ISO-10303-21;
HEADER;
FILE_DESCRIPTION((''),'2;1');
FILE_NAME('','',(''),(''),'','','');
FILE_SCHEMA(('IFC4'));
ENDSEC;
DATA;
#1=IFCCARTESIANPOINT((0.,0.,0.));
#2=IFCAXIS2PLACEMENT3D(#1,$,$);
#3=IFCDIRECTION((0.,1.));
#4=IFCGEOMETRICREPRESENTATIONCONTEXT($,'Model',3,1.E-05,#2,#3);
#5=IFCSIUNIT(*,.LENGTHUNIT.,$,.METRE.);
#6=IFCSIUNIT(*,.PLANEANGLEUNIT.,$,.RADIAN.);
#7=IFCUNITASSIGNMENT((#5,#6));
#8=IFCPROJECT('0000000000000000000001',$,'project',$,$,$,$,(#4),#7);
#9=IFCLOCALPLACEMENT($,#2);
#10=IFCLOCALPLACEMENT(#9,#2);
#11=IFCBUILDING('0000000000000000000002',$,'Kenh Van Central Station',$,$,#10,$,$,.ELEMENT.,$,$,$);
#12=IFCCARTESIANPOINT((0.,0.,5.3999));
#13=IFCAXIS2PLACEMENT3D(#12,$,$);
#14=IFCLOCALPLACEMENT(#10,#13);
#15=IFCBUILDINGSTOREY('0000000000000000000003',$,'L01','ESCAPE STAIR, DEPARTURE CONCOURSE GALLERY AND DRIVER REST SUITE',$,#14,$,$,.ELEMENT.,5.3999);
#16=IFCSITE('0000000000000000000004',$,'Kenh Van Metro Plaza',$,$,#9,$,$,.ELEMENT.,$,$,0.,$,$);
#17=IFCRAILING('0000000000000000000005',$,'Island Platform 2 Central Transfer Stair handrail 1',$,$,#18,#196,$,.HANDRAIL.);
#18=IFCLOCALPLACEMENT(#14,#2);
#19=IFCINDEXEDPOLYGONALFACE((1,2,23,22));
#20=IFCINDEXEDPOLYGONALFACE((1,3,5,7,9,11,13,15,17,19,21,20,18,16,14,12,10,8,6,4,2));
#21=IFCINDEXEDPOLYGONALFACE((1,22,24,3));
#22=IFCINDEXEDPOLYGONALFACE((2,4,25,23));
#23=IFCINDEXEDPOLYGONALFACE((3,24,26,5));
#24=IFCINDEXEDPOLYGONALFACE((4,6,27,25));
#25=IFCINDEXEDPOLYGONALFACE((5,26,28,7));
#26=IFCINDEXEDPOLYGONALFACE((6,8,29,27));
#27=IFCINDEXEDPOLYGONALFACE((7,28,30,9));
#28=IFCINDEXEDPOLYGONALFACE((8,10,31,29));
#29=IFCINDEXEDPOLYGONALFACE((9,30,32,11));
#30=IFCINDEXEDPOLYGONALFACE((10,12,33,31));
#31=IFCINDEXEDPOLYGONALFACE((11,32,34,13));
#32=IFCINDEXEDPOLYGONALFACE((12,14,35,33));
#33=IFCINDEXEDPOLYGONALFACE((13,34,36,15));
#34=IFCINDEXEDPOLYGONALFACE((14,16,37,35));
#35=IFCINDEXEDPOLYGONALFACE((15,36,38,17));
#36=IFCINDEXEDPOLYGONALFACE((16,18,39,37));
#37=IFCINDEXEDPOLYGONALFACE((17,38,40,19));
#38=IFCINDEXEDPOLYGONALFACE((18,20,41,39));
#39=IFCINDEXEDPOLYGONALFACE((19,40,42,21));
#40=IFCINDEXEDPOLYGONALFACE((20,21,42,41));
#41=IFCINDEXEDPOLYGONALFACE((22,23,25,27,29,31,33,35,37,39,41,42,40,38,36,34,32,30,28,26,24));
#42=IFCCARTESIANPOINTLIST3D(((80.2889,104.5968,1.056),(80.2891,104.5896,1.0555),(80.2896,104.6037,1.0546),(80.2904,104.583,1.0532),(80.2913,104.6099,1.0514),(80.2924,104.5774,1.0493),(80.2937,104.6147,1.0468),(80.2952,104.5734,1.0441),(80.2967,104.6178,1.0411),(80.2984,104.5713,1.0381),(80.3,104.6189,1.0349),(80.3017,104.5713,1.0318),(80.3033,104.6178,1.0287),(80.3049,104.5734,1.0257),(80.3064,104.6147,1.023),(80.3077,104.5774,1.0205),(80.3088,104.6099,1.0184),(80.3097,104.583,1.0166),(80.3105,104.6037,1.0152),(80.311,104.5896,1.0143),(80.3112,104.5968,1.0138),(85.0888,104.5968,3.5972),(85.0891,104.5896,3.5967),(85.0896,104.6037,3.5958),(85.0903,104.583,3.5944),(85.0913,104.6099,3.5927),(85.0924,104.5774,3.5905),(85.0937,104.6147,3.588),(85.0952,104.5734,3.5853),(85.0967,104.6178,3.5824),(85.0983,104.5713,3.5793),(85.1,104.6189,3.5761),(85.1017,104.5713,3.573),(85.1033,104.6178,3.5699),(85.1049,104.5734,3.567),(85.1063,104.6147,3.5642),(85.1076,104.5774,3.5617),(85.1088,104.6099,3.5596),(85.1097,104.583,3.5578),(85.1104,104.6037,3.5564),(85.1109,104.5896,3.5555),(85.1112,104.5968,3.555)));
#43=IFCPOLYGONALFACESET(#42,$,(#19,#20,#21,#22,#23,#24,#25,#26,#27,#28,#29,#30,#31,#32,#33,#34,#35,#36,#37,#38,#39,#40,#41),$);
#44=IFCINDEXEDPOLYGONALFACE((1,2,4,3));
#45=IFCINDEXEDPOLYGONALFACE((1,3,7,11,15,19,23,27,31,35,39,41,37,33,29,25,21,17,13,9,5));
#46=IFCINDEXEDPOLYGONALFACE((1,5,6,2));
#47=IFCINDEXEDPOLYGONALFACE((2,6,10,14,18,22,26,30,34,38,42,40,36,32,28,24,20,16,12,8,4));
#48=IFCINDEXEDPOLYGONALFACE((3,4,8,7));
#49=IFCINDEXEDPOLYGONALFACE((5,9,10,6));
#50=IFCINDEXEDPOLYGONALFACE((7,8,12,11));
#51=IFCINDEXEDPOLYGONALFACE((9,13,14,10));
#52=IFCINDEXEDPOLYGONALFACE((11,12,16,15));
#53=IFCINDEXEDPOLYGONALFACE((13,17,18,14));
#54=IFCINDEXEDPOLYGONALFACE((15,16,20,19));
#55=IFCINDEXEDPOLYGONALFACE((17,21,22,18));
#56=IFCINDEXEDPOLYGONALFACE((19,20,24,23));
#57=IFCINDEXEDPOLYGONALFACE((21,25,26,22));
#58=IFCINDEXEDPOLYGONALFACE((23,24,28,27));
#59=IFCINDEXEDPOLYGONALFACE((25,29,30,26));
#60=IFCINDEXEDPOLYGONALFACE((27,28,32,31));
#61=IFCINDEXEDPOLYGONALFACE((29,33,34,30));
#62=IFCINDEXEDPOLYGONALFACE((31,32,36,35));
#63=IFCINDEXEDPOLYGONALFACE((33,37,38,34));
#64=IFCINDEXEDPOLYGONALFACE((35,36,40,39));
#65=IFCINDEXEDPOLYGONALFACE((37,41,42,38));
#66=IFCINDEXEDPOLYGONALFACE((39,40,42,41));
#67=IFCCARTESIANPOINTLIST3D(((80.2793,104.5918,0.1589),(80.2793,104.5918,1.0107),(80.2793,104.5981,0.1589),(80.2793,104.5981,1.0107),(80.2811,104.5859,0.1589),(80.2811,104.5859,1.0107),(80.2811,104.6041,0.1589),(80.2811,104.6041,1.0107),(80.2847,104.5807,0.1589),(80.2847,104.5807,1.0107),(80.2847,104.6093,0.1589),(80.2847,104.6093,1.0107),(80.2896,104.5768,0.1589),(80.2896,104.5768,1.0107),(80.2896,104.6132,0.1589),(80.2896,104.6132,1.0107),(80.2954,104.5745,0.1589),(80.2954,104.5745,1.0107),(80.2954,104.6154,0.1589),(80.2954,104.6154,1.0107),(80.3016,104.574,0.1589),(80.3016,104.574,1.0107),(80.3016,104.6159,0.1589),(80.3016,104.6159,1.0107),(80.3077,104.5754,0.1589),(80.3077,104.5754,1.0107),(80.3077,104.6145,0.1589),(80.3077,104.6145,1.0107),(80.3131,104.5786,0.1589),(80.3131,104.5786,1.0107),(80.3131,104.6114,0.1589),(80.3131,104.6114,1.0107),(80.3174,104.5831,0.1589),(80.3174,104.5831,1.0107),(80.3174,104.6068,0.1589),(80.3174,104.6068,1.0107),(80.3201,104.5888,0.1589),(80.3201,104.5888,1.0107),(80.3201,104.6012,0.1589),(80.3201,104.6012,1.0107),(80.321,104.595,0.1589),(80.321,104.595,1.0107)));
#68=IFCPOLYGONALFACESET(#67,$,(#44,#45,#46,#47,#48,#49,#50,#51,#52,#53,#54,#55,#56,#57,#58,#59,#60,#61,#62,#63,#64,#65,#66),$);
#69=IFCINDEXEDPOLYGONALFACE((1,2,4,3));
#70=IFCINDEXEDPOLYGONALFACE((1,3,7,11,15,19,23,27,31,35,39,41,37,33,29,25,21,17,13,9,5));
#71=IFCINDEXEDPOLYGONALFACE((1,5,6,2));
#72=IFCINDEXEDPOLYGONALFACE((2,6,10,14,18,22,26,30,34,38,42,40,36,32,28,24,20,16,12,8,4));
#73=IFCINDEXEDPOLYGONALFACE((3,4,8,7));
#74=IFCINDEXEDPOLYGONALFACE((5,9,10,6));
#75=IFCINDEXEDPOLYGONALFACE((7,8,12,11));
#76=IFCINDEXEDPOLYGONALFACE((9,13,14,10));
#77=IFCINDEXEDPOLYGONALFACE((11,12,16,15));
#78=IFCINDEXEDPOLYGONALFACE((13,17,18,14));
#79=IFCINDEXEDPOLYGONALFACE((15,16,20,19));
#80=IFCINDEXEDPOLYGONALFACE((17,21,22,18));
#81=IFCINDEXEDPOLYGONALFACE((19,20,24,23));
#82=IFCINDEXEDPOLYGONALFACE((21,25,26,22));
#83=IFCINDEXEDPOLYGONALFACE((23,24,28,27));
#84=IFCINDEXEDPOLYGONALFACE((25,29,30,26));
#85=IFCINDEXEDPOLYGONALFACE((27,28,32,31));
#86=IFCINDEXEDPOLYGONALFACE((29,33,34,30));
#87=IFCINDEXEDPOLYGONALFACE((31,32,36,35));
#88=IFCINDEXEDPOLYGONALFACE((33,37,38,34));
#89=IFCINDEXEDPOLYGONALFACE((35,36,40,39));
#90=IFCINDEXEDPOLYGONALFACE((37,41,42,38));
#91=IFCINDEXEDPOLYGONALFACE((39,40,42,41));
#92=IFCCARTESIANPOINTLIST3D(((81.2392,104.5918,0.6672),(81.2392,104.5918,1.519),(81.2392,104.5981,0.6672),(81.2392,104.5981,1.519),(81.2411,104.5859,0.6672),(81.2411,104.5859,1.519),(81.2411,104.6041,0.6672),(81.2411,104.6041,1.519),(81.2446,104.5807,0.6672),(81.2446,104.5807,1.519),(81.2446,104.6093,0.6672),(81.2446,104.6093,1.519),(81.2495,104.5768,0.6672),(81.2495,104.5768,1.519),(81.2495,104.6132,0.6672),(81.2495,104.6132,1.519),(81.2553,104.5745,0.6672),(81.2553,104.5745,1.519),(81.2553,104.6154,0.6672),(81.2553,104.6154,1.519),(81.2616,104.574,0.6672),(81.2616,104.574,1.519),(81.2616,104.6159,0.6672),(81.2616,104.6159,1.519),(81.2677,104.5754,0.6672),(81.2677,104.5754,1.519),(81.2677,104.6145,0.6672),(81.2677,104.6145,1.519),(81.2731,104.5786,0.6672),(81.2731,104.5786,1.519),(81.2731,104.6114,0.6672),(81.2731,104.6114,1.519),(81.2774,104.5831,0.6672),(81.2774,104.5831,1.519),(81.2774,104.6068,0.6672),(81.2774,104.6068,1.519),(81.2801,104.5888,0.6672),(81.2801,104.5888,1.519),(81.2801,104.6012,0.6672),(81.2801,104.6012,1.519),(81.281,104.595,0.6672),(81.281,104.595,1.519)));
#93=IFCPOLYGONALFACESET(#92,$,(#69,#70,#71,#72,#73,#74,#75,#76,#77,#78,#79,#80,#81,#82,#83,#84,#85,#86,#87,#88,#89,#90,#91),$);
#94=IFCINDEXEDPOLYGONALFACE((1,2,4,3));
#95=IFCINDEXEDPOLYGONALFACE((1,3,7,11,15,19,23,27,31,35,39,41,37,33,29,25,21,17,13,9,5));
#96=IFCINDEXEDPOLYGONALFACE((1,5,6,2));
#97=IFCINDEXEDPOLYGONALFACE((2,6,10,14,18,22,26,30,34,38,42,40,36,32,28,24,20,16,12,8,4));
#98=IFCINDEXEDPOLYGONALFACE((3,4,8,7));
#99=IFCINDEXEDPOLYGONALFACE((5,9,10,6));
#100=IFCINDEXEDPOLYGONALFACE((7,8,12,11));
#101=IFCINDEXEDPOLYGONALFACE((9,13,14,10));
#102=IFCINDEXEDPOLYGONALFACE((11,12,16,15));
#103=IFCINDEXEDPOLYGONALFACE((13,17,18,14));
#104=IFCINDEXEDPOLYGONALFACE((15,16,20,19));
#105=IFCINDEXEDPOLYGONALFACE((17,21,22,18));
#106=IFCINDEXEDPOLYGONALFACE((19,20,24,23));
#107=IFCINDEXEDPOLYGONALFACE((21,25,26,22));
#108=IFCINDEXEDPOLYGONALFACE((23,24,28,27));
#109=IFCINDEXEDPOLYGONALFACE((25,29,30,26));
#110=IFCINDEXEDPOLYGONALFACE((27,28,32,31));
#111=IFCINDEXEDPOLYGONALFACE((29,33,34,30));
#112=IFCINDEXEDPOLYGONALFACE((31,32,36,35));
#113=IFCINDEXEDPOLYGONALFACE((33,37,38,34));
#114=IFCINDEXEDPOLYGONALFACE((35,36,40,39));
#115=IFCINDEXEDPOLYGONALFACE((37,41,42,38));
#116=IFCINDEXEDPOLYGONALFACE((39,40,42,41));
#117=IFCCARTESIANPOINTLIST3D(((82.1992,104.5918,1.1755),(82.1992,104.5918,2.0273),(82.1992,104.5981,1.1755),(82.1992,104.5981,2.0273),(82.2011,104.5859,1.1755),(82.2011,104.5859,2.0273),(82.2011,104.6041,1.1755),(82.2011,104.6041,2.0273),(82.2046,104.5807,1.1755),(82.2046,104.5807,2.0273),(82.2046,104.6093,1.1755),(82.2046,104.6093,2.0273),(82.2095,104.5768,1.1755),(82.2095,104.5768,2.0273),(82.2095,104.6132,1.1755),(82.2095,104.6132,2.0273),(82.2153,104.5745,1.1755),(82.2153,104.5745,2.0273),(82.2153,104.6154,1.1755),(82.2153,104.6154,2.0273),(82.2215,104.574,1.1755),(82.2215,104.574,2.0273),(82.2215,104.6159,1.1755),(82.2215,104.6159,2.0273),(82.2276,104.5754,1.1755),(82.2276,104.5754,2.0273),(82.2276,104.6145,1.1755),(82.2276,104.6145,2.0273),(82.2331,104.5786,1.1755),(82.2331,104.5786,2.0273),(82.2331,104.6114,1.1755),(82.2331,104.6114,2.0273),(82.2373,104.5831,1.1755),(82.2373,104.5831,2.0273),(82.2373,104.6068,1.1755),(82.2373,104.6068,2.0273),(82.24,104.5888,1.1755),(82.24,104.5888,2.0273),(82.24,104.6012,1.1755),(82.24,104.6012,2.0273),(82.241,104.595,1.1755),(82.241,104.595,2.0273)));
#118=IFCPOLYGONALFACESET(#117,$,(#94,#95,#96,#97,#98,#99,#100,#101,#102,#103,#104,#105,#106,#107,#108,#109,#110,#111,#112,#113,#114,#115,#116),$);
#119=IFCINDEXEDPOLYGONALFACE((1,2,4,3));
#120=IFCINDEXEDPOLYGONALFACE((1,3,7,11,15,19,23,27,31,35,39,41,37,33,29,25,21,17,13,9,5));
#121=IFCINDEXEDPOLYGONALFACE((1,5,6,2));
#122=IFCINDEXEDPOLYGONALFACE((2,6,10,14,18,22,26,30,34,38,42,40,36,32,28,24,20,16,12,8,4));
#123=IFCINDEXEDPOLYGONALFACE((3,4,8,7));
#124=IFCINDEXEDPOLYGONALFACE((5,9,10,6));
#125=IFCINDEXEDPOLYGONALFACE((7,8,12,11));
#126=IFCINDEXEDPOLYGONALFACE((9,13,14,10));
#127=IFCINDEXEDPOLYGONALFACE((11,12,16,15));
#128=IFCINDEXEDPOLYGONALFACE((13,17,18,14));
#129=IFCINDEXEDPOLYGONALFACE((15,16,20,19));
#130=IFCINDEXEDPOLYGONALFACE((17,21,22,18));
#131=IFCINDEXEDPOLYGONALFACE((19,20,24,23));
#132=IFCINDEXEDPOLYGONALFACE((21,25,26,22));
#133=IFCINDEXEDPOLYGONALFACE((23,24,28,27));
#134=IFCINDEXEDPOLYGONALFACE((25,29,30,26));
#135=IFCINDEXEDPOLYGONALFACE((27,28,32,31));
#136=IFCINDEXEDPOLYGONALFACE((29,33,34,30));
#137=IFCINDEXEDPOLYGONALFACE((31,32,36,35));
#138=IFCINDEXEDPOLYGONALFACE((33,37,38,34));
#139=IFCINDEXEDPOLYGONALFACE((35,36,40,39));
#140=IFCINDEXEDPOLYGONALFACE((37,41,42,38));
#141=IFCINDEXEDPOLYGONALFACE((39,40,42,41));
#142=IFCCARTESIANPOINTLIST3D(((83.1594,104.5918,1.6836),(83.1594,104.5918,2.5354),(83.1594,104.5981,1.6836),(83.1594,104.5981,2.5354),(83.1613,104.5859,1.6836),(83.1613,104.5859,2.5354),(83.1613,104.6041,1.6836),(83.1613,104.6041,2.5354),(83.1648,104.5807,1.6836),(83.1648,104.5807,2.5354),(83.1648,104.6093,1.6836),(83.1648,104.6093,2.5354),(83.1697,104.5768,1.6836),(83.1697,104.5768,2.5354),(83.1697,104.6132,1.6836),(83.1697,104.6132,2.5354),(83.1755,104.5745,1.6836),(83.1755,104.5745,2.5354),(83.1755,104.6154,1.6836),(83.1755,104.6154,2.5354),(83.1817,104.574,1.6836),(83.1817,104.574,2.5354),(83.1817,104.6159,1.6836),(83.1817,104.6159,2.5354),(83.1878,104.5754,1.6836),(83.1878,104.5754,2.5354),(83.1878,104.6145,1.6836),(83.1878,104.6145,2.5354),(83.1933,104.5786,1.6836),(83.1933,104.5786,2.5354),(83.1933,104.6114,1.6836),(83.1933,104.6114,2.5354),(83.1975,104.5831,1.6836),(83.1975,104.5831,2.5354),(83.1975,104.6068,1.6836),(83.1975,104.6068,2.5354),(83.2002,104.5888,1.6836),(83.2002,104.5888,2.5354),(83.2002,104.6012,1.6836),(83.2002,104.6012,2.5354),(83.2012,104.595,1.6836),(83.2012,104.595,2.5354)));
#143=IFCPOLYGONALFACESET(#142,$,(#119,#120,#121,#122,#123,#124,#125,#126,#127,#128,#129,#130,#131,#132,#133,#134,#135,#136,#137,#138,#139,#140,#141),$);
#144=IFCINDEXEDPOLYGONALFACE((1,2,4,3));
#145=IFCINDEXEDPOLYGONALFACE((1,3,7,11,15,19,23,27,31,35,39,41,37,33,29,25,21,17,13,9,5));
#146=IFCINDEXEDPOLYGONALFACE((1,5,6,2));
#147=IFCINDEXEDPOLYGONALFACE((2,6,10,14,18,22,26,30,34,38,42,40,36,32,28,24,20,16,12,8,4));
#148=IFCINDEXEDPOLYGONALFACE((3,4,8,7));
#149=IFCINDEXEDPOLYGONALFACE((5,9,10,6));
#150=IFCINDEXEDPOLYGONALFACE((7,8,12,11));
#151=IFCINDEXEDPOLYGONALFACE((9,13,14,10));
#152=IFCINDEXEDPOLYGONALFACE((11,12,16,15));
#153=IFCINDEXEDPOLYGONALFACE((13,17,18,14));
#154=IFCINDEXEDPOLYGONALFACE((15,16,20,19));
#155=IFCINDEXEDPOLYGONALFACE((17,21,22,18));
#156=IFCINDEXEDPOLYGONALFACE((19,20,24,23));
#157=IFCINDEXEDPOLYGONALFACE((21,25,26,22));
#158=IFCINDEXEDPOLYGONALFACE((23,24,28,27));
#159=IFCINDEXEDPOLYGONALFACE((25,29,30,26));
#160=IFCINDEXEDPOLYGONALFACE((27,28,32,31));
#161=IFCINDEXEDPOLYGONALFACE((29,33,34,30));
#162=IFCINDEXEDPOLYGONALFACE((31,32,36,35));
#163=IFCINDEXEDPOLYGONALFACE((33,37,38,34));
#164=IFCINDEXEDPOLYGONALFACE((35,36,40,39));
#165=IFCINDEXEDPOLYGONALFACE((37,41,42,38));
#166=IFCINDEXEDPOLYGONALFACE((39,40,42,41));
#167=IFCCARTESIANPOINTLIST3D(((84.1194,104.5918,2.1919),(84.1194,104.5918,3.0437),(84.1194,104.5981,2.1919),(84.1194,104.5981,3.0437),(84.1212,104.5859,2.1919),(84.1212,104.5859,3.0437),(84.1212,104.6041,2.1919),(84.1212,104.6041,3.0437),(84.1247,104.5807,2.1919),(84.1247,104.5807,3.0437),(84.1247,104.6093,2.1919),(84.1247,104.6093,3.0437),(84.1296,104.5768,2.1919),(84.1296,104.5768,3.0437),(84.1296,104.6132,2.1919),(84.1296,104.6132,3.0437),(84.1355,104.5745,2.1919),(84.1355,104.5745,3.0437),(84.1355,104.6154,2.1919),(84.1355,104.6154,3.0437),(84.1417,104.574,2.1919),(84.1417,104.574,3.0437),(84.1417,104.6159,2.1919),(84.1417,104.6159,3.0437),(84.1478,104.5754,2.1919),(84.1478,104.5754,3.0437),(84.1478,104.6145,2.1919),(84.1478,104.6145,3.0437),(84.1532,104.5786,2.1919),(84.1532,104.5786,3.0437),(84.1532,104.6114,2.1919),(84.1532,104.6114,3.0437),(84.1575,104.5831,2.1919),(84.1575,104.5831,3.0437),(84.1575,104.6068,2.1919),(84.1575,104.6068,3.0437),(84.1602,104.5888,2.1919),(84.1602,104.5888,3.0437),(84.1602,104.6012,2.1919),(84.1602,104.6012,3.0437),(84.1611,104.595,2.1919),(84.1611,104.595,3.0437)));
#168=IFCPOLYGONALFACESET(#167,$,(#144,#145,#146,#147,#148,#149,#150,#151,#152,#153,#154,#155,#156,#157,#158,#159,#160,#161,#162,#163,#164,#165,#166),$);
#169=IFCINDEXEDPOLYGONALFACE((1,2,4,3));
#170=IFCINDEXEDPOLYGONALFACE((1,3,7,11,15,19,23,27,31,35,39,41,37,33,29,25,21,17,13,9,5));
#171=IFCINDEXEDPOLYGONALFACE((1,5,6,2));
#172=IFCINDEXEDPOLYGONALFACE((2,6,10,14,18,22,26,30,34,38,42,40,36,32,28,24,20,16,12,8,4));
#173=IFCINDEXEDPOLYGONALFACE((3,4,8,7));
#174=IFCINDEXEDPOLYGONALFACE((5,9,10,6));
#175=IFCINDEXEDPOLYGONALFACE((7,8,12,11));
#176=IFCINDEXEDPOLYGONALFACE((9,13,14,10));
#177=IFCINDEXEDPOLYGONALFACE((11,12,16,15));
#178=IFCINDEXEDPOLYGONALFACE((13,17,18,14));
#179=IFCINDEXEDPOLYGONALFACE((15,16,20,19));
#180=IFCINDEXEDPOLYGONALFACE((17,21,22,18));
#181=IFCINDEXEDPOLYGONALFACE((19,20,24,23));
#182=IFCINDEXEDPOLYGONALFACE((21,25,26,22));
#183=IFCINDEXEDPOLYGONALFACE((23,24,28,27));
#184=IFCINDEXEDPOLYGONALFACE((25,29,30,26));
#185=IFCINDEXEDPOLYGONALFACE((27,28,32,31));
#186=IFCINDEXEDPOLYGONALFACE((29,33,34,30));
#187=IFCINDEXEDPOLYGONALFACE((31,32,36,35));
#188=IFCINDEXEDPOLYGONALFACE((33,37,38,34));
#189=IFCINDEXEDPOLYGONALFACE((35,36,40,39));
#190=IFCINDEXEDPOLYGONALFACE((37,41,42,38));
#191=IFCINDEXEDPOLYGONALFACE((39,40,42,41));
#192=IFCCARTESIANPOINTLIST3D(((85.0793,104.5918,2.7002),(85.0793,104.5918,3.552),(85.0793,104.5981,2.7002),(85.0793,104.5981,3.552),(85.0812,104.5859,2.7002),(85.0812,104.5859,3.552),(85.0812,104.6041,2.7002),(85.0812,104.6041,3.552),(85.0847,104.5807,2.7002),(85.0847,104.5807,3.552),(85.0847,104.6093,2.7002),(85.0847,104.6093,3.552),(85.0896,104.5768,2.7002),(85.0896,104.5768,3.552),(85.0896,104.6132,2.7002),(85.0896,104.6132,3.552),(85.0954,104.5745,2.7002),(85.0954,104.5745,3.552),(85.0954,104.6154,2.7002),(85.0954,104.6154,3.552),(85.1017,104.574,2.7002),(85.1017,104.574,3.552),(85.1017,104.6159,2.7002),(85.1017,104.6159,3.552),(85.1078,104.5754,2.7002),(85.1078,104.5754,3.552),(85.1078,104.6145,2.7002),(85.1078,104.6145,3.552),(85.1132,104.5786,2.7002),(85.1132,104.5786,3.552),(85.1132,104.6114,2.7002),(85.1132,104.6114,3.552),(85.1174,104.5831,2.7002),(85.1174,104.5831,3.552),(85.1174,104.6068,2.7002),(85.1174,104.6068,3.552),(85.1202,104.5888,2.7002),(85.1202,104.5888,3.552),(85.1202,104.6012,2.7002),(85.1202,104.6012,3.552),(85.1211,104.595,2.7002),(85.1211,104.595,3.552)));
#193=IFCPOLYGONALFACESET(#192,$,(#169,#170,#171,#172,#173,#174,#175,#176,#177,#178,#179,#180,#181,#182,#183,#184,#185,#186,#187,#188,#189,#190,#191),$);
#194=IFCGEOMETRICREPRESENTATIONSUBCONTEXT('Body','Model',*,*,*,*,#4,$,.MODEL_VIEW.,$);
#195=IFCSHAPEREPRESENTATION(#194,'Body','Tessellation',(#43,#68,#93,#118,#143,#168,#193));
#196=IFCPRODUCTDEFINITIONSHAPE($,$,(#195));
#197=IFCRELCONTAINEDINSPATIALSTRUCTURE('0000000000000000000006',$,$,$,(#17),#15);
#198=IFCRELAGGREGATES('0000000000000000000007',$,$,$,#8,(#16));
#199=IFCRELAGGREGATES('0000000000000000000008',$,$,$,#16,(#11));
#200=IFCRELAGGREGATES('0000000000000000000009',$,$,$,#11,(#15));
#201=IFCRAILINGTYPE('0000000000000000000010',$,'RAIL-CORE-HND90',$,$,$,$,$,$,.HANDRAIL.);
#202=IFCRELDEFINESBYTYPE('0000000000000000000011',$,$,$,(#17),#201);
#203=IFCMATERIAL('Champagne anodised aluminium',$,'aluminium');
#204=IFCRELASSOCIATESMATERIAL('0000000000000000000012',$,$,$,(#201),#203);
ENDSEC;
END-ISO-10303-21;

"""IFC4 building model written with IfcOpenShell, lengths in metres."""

from ifc_helpers import new_model, si_unit, direction, frame, origin, origin_2d, place, context, subcontext, project, spatial, circle, extrude, material, type_object, element, save


model = new_model("IFC4")

# Units and contexts
model_context = context("Model", 3, precision=1e-05, world=origin(), true_north=direction((0.0, 1.0)))
body_context = subcontext(model_context, "Body", "Model", "MODEL_VIEW")
ifc_project = project(units=[si_unit("LENGTHUNIT", "METRE"), si_unit("PLANEANGLEUNIT", "RADIAN")], contexts=[model_context])

# Site, building, storey
site_placement = place(None, origin())
site = spatial("IfcSite", under=ifc_project, at=site_placement, Name="Kenh Van Metro Plaza", CompositionType="ELEMENT", RefElevation=0.0)
building_placement = place(site_placement, origin())
building = spatial("IfcBuilding", under=site, at=building_placement, Name="Kenh Van Central Station", CompositionType="ELEMENT")
storey_placement = place(building_placement, frame((0.0, 0.0, 5.3999)))
storey = spatial("IfcBuildingStorey", under=building, at=storey_placement, Name="L01", Description="ESCAPE STAIR, DEPARTURE CONCOURSE GALLERY AND DRIVER REST SUITE", CompositionType="ELEMENT", Elevation=5.3999)

# Shared definitions
ifc_material_1 = material(Name="Champagne anodised aluminium", Category="aluminium")

# Railing
railing_type_1 = type_object("IfcRailingType", Name="RAIL-CORE-HND90", PredefinedType="HANDRAIL", material=ifc_material_1)
for number, where, name in (
    (1, (80.3, 104.595, 0.1589), "Island Platform 2 Central Transfer Stair handrail 1"),
):
    element("IfcRailing", number, at=place(storey_placement, frame(where)), inside=storey, type_object=railing_type_1, Name=name, PredefinedType="HANDRAIL", context=body_context, shape_type="SweptSolid", body=[
        extrude(circle(Radius=0.0239, at=origin_2d()), frame((0.0, 0.0, 0.876), z_axis=(0.883784, 0.0, 0.467896), x_axis=(0.0, 1.0, 0.0)), (0.0, 0.0, 1.0), 5.4312),
        extrude(circle(Radius=0.021, at=origin_2d()), origin(), (0.0, 0.0, 1.0), 0.8518),
        extrude(circle(Radius=0.021, at=origin_2d()), frame((0.96, 0.0, 0.5083)), (0.0, 0.0, 1.0), 0.8518),
        extrude(circle(Radius=0.021, at=origin_2d()), frame((1.9199, 0.0, 1.0166)), (0.0, 0.0, 1.0), 0.8518),
        extrude(circle(Radius=0.021, at=origin_2d()), frame((2.8801, 0.0, 1.5247)), (0.0, 0.0, 1.0), 0.8518),
        extrude(circle(Radius=0.021, at=origin_2d()), frame((3.8401, 0.0, 2.033)), (0.0, 0.0, 1.0), 0.8518),
        extrude(circle(Radius=0.021, at=origin_2d()), frame((4.8, 0.0, 2.5413)), (0.0, 0.0, 1.0), 0.8518),
    ])

save(model, "model.ifc")
